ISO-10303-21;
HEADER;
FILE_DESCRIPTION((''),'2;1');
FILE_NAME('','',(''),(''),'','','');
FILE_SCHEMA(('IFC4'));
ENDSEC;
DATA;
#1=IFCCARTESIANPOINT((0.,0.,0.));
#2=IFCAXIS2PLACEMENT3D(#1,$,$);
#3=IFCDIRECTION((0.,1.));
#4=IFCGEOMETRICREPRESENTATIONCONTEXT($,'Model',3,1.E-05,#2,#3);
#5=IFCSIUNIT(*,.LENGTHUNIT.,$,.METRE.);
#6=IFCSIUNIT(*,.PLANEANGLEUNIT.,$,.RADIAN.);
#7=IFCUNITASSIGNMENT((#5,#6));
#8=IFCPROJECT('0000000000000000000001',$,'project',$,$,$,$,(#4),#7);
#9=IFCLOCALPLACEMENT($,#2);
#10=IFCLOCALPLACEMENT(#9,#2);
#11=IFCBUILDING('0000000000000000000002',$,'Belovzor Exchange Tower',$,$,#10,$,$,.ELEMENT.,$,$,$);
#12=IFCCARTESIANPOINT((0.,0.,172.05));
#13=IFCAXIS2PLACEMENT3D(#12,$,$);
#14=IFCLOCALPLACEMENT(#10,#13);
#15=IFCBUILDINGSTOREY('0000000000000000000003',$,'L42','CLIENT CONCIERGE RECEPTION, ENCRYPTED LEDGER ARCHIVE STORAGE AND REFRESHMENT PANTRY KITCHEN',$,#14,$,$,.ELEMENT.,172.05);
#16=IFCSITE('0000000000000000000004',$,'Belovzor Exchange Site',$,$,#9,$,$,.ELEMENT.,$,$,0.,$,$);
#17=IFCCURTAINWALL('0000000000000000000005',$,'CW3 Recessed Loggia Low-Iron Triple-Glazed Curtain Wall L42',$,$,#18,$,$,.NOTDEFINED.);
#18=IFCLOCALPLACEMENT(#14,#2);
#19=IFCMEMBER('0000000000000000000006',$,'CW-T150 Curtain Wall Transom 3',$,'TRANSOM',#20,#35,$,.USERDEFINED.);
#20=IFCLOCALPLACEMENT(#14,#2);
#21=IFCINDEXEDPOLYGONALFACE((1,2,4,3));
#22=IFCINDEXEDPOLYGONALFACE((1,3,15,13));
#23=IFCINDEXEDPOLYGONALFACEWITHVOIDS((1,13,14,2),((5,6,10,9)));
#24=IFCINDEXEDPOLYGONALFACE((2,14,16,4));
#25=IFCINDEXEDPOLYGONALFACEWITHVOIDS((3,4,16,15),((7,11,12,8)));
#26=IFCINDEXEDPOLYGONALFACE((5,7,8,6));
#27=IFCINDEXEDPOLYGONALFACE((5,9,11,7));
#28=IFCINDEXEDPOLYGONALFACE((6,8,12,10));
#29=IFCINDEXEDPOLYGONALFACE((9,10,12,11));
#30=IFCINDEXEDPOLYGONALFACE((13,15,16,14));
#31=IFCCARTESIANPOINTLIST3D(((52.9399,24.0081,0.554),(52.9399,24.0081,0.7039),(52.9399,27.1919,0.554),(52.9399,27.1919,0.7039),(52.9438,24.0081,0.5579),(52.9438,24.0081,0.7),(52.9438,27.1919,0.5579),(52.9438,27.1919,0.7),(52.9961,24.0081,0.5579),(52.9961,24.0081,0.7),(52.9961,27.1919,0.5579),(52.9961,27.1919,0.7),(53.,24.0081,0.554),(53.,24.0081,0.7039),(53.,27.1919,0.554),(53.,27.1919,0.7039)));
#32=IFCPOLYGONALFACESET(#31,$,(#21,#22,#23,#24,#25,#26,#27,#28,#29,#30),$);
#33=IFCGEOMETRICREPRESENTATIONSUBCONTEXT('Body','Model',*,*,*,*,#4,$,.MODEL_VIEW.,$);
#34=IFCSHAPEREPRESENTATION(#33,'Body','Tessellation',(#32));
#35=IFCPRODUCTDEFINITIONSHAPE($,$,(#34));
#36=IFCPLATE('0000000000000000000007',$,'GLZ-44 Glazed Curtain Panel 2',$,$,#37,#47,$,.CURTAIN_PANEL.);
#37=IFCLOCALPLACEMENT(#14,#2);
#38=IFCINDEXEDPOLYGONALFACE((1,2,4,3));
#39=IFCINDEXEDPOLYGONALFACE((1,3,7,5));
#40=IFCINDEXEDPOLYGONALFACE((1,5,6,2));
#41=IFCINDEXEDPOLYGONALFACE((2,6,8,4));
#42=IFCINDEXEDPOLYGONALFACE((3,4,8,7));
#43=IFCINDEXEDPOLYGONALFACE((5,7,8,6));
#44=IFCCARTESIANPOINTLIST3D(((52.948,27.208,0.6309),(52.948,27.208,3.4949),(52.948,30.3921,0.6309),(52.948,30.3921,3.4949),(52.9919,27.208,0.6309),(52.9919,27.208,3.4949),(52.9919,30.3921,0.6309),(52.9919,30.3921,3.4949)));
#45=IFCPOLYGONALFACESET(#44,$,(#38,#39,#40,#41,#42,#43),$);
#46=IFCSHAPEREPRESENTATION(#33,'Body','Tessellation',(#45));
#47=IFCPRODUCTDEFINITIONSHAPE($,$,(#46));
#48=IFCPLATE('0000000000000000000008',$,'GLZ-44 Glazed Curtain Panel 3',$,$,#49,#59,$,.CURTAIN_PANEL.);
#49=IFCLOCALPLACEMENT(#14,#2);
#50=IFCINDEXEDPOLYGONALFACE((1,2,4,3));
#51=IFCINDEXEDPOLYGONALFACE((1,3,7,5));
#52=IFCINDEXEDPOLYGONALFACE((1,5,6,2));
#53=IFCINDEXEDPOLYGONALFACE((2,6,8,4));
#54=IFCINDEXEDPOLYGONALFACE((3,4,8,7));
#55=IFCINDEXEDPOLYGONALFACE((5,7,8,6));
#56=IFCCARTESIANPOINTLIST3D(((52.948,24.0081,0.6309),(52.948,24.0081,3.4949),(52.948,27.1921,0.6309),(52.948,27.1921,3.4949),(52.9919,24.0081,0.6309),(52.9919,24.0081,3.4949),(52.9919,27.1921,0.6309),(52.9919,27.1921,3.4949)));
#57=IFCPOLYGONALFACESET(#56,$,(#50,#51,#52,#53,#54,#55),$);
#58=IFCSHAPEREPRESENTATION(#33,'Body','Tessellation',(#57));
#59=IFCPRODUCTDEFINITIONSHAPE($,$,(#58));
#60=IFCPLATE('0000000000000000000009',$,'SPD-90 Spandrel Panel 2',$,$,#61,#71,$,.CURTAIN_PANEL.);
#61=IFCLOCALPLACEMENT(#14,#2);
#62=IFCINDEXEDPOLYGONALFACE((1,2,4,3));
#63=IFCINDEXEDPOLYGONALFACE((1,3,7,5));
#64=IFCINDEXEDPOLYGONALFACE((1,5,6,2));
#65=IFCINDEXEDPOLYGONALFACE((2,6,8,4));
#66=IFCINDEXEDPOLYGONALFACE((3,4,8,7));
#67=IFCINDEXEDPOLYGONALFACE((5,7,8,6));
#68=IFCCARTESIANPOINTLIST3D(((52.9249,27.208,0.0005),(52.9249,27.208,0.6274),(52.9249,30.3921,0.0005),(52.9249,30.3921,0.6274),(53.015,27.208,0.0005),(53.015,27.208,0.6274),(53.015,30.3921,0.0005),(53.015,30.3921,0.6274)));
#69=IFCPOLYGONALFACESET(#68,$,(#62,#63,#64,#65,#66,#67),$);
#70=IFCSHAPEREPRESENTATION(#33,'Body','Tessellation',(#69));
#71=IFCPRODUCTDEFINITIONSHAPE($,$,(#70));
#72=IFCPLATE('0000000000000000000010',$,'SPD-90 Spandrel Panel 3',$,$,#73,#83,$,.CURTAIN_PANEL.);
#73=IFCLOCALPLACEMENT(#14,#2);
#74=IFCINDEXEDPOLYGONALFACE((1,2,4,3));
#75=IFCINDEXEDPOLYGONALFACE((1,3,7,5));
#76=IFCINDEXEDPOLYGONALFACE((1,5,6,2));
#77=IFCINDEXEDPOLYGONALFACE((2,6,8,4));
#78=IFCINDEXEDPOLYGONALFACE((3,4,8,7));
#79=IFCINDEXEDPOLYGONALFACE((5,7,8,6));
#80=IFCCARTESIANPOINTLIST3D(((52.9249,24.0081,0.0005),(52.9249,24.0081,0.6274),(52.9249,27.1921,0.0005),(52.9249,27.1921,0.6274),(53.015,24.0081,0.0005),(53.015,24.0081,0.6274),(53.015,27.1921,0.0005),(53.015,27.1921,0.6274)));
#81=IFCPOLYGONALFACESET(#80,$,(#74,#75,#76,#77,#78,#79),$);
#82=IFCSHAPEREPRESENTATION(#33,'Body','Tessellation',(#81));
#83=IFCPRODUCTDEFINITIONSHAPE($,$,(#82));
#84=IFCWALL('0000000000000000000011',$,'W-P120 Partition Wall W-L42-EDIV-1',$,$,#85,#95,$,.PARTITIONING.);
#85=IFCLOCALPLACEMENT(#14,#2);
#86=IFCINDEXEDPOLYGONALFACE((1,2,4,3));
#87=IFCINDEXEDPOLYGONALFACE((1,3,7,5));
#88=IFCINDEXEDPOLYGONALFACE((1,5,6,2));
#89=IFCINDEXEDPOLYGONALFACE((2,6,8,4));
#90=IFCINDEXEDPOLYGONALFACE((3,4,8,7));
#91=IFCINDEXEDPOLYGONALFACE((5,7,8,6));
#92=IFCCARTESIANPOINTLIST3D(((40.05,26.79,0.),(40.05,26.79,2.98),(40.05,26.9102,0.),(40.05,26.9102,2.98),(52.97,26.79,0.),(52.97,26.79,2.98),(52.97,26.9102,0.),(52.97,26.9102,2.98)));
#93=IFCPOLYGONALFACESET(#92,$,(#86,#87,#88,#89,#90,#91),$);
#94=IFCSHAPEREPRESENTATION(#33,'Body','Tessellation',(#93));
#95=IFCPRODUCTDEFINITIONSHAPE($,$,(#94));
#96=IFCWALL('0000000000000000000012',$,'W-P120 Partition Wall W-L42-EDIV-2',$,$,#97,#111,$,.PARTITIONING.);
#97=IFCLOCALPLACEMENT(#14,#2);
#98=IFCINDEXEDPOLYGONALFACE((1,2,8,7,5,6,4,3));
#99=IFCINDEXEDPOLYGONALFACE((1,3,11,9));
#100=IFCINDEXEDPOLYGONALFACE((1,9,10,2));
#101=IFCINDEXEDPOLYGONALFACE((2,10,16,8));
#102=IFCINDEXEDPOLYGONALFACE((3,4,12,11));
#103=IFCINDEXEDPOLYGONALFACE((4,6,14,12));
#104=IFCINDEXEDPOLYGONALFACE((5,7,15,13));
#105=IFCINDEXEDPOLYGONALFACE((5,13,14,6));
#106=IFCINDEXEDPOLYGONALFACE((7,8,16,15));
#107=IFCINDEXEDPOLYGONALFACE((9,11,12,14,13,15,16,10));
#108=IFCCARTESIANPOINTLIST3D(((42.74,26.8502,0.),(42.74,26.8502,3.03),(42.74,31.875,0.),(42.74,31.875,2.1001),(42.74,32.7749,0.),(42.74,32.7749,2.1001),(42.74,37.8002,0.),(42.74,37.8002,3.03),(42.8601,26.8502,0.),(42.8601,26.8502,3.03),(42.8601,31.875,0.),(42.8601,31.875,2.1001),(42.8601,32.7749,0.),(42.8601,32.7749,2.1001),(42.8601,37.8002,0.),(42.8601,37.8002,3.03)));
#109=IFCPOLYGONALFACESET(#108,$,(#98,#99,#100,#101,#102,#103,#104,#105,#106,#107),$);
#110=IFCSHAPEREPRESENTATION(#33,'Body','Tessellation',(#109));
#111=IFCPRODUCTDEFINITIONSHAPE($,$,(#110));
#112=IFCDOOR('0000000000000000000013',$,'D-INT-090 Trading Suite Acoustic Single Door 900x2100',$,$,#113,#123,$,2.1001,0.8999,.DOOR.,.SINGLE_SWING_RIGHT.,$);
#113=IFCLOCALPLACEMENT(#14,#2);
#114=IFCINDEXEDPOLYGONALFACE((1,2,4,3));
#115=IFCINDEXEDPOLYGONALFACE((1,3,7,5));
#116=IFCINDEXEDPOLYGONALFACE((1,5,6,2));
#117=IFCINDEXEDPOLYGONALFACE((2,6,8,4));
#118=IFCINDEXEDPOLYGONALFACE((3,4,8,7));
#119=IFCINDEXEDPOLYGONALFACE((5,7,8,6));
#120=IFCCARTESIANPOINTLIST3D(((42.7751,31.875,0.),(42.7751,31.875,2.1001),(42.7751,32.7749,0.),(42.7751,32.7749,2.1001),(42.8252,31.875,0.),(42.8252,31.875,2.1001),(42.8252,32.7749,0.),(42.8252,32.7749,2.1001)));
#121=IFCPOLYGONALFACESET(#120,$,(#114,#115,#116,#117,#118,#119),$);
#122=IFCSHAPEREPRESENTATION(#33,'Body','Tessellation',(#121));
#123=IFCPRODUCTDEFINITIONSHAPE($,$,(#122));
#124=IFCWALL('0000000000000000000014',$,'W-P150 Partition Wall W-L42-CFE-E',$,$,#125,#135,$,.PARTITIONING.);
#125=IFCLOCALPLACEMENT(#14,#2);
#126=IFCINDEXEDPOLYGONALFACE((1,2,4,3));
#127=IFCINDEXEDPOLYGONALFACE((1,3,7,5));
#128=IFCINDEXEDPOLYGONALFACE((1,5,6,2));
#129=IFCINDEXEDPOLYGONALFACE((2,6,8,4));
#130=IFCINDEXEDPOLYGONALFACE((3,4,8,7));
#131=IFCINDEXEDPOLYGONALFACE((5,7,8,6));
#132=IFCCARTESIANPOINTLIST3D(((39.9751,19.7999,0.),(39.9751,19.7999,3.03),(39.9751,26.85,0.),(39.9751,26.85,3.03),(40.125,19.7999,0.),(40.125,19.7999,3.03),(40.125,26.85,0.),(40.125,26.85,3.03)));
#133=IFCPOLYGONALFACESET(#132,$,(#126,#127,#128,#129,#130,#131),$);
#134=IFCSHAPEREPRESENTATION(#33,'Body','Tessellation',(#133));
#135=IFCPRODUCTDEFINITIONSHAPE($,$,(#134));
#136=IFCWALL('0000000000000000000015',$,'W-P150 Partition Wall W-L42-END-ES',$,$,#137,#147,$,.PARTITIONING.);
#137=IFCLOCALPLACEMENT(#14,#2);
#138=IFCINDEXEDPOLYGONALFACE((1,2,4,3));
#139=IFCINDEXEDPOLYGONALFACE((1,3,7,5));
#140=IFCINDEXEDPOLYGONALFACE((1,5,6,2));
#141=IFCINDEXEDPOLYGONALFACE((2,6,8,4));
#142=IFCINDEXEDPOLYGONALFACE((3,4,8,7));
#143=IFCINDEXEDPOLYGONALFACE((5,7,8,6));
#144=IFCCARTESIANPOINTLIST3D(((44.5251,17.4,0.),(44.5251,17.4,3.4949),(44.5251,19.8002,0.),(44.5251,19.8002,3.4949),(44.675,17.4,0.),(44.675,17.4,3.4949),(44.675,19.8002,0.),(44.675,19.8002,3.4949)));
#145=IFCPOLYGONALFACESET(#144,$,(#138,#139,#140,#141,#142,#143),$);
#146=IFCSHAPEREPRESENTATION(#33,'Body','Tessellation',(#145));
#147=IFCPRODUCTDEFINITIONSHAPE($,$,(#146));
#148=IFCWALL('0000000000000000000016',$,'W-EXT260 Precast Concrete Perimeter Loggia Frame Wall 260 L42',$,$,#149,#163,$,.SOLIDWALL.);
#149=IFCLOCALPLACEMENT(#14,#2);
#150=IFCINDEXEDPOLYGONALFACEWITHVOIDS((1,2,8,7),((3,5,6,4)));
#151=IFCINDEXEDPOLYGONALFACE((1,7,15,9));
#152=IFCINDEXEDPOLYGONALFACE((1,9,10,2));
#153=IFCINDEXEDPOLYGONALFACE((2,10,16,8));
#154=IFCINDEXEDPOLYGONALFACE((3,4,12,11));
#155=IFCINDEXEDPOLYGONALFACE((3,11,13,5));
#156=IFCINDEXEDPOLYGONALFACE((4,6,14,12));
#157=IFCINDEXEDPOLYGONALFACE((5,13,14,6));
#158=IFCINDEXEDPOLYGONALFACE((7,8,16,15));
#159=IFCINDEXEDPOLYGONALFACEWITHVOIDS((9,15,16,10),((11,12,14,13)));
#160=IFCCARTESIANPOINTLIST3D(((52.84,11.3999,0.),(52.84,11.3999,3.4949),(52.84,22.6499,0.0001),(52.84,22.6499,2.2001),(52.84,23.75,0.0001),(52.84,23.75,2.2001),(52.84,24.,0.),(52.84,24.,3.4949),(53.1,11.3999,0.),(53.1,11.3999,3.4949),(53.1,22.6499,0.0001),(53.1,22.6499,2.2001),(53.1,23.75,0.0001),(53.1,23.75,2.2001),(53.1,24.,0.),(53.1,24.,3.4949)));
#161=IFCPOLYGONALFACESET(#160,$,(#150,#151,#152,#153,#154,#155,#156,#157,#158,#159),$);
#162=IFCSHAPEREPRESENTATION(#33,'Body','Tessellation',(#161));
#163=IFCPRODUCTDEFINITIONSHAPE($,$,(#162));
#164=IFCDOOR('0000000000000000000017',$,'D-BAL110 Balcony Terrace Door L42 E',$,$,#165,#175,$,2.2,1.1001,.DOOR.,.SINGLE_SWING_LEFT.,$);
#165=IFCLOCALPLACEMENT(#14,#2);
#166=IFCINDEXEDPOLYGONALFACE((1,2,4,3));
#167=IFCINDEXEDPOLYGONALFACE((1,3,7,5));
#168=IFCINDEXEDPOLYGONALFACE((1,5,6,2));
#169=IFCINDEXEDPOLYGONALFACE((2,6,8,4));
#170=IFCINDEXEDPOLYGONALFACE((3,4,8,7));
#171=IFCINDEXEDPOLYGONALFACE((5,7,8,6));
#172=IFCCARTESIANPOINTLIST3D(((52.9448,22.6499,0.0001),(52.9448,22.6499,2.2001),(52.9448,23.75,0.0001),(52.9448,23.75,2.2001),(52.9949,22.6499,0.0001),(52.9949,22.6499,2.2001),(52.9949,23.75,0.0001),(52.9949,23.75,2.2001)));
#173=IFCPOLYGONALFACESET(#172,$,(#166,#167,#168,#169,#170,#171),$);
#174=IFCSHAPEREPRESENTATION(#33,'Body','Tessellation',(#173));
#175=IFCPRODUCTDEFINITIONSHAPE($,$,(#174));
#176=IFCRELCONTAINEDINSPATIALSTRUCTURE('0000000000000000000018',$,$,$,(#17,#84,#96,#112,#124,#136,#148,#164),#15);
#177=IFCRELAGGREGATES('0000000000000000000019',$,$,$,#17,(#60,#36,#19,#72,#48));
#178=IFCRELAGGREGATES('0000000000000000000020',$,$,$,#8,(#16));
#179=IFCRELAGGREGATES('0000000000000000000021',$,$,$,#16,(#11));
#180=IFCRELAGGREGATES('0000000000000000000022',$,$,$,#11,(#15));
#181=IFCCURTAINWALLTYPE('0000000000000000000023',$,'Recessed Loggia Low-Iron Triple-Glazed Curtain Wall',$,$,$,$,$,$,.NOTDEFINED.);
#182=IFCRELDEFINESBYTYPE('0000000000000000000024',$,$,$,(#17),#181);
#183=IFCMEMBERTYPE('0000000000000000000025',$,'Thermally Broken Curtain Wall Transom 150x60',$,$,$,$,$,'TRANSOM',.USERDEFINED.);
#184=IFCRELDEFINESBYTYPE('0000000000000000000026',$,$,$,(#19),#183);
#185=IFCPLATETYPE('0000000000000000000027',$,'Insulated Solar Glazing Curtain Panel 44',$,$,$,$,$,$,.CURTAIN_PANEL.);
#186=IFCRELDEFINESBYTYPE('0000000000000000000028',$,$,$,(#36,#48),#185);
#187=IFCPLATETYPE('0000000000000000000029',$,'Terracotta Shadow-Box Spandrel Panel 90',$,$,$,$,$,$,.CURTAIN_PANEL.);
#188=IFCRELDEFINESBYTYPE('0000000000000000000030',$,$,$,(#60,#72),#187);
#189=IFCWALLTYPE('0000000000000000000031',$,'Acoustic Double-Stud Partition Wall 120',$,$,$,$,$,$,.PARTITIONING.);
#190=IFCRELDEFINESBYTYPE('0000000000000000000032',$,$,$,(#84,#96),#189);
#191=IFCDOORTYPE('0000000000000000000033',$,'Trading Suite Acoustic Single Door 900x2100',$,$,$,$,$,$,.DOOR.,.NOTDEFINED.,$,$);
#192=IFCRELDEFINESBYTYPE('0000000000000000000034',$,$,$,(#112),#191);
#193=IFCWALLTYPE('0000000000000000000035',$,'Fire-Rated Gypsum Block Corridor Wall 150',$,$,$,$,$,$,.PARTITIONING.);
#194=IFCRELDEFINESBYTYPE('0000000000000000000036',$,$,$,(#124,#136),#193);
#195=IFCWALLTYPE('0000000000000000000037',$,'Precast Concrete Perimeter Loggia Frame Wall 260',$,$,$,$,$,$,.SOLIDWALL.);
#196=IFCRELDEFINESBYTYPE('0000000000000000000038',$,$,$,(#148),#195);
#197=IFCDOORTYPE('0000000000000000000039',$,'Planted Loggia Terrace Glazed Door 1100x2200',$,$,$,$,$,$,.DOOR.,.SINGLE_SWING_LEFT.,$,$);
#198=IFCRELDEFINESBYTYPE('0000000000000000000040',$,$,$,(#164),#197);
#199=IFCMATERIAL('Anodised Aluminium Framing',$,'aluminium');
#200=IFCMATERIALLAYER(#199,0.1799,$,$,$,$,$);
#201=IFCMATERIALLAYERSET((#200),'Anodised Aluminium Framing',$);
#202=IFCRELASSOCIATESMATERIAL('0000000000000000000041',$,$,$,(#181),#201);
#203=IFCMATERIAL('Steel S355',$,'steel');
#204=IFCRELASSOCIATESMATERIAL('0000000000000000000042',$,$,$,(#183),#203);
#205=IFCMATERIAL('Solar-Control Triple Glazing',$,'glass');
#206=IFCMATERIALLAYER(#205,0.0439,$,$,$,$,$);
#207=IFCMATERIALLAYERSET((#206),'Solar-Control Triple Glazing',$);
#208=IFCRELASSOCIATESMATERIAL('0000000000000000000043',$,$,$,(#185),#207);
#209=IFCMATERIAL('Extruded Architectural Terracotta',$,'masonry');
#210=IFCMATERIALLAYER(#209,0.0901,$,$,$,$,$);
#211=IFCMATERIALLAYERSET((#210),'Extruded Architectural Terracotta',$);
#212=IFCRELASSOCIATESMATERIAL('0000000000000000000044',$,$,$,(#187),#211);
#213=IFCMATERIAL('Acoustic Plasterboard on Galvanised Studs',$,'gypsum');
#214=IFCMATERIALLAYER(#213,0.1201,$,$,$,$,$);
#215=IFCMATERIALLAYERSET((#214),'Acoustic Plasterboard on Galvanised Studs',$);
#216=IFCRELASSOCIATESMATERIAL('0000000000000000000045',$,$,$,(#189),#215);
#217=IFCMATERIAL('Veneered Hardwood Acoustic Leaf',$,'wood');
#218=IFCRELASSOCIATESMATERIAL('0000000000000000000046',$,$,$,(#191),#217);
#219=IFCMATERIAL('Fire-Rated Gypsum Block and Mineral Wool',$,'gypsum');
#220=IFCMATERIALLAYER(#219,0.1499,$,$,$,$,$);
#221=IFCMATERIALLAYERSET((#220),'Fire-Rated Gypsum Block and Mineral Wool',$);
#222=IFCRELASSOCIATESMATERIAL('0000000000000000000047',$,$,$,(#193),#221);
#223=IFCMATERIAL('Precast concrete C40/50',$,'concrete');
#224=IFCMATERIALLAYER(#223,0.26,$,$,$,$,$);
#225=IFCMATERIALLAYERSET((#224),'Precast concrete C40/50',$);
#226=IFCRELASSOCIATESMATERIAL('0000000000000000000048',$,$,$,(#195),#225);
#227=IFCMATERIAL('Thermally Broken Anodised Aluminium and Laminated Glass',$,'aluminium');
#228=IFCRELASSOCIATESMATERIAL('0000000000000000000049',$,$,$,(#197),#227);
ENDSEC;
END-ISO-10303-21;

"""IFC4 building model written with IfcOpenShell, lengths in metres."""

from ifc_helpers import new_model, si_unit, direction, frame, frame_2d, origin, origin_2d, place, context, subcontext, project, spatial, rectangle, hollow_rectangle, extrude, material, layer, layer_set, material_profile, profile_set, type_object, element, fill, aggregate, save


model = new_model("IFC4")

# Units and contexts
model_context = context("Model", 3, precision=1e-05, world=origin(), true_north=direction((0.0, 1.0)))
body_context = subcontext(model_context, "Body", "Model", "MODEL_VIEW")
ifc_project = project(units=[si_unit("LENGTHUNIT", "METRE"), si_unit("PLANEANGLEUNIT", "RADIAN")], contexts=[model_context])

# Site, building, storey
site_placement = place(None, origin())
site = spatial("IfcSite", under=ifc_project, at=site_placement, Name="Belovzor Exchange Site", CompositionType="ELEMENT", RefElevation=0.0)
building_placement = place(site_placement, origin())
building = spatial("IfcBuilding", under=site, at=building_placement, Name="Belovzor Exchange Tower", CompositionType="ELEMENT")
storey_placement = place(building_placement, frame((0.0, 0.0, 172.05)))
storey = spatial("IfcBuildingStorey", under=building, at=storey_placement, Name="L42", Description="CLIENT CONCIERGE RECEPTION, ENCRYPTED LEDGER ARCHIVE STORAGE AND REFRESHMENT PANTRY KITCHEN", CompositionType="ELEMENT", Elevation=172.05)

# Curtain wall, member, plates
ifc_material_1 = material(Name="Anodised Aluminium Framing", Category="aluminium")
ifc_layer_1 = layer(ifc_material_1, 0.1799)
ifc_layer_set_1 = layer_set([ifc_layer_1], Name="Anodised Aluminium Framing")
curtain_wall_type = type_object("IfcCurtainWallType", Name="Recessed Loggia Low-Iron Triple-Glazed Curtain Wall", PredefinedType="NOTDEFINED", material=ifc_layer_set_1)
curtain_wall_placement = place(storey_placement, origin())
curtain_wall = element("IfcCurtainWall", 1, at=curtain_wall_placement, inside=storey, type_object=curtain_wall_type, Name="CW3 Recessed Loggia Low-Iron Triple-Glazed Curtain Wall L42", PredefinedType="NOTDEFINED")
ifc_material_2 = material(Name="Steel S355", Category="steel")
ifc_material_profile_1 = material_profile(ifc_material_2, hollow_rectangle(XDim=0.0601, YDim=0.1499, WallThickness=0.0039, at=origin_2d()))
ifc_profile_set_1 = profile_set([ifc_material_profile_1], Name="Steel S355")
member_type_1 = type_object("IfcMemberType", Name="Thermally Broken Curtain Wall Transom 150x60", ElementType="TRANSOM", PredefinedType="USERDEFINED", material=ifc_profile_set_1)
member_1_placement = place(storey_placement, frame((52.97, 27.1919, 0.6289), z_axis=(0.0, -1.0, 0.0), x_axis=(1.0, 0.0, 0.0)))
member_1 = element("IfcMember", 2, at=member_1_placement, type_object=member_type_1, Name="CW-T150 Curtain Wall Transom 3", ObjectType="TRANSOM", PredefinedType="USERDEFINED", context=body_context, shape_type="SweptSolid", body=[
    extrude(hollow_rectangle(XDim=0.0601, YDim=0.1499, WallThickness=0.0039, at=origin_2d()), origin(), (0.0, 0.0, 1.0), 3.1838),
])
ifc_material_3 = material(Name="Solar-Control Triple Glazing", Category="glass")
ifc_layer_2 = layer(ifc_material_3, 0.0439)
ifc_layer_set_2 = layer_set([ifc_layer_2], Name="Solar-Control Triple Glazing")
plate_type_1 = type_object("IfcPlateType", Name="Insulated Solar Glazing Curtain Panel 44", PredefinedType="CURTAIN_PANEL", material=ifc_layer_set_2)
plate_1_placement = place(storey_placement, frame((52.97, 28.8, 0.6309), z_axis=(0.0, 0.0, 1.0), x_axis=(0.0, -1.0, 0.0)))
plate_1 = element("IfcPlate", 3, at=plate_1_placement, type_object=plate_type_1, Name="GLZ-44 Glazed Curtain Panel 2", PredefinedType="CURTAIN_PANEL", context=body_context, shape_type="SweptSolid", body=[
    extrude(rectangle(XDim=3.1841, YDim=0.0439, at=origin_2d()), origin(), (0.0, 0.0, 1.0), 2.864),
])
plate_2_placement = place(storey_placement, frame((52.97, 25.6001, 0.6309), z_axis=(0.0, 0.0, 1.0), x_axis=(0.0, -1.0, 0.0)))
plate_2 = element("IfcPlate", 4, at=plate_2_placement, type_object=plate_type_1, Name="GLZ-44 Glazed Curtain Panel 3", PredefinedType="CURTAIN_PANEL", context=body_context, shape_type="SweptSolid", body=[
    extrude(rectangle(XDim=3.1841, YDim=0.0439, at=origin_2d()), origin(), (0.0, 0.0, 1.0), 2.864),
])
ifc_material_4 = material(Name="Extruded Architectural Terracotta", Category="masonry")
ifc_layer_3 = layer(ifc_material_4, 0.0901)
ifc_layer_set_3 = layer_set([ifc_layer_3], Name="Extruded Architectural Terracotta")
plate_type_2 = type_object("IfcPlateType", Name="Terracotta Shadow-Box Spandrel Panel 90", PredefinedType="CURTAIN_PANEL", material=ifc_layer_set_3)
plate_3_placement = place(storey_placement, frame((52.97, 28.8, 0.0005), z_axis=(0.0, 0.0, 1.0), x_axis=(0.0, -1.0, 0.0)))
plate_3 = element("IfcPlate", 5, at=plate_3_placement, type_object=plate_type_2, Name="SPD-90 Spandrel Panel 2", PredefinedType="CURTAIN_PANEL", context=body_context, shape_type="SweptSolid", body=[
    extrude(rectangle(XDim=3.1841, YDim=0.0901, at=origin_2d()), origin(), (0.0, 0.0, 1.0), 0.627),
])
plate_4_placement = place(storey_placement, frame((52.97, 25.6001, 0.0005), z_axis=(0.0, 0.0, 1.0), x_axis=(0.0, -1.0, 0.0)))
plate_4 = element("IfcPlate", 6, at=plate_4_placement, type_object=plate_type_2, Name="SPD-90 Spandrel Panel 3", PredefinedType="CURTAIN_PANEL", context=body_context, shape_type="SweptSolid", body=[
    extrude(rectangle(XDim=3.1841, YDim=0.0901, at=origin_2d()), origin(), (0.0, 0.0, 1.0), 0.627),
])
aggregate(curtain_wall, [plate_3, plate_1, member_1, plate_4, plate_2])

# Wall
ifc_material_5 = material(Name="Acoustic Plasterboard on Galvanised Studs", Category="gypsum")
ifc_layer_4 = layer(ifc_material_5, 0.1201)
ifc_layer_set_4 = layer_set([ifc_layer_4], Name="Acoustic Plasterboard on Galvanised Studs")
wall_type_1 = type_object("IfcWallType", Name="Acoustic Double-Stud Partition Wall 120", PredefinedType="PARTITIONING", material=ifc_layer_set_4)
wall_1_placement = place(storey_placement, frame((40.05, 26.8501, 0.0), z_axis=(0.0, 0.0, 1.0), x_axis=(1.0, 0.0, 0.0)))
element("IfcWall", 7, at=wall_1_placement, inside=storey, type_object=wall_type_1, Name="W-P120 Partition Wall W-L42-EDIV-1", PredefinedType="PARTITIONING", context=body_context, shape_type="SweptSolid", body=[
    extrude(rectangle(XDim=12.9199, YDim=0.1201, at=frame_2d((6.46, 0.0))), origin(), (0.0, 0.0, 1.0), 2.98),
])

# Wall, opening, door
wall_2_placement = place(storey_placement, frame((42.8, 26.8501, 0.0), z_axis=(0.0, 0.0, 1.0), x_axis=(0.0, 1.0, 0.0)))
wall_2 = element("IfcWall", 8, at=wall_2_placement, inside=storey, type_object=wall_type_1, Name="W-P120 Partition Wall W-L42-EDIV-2", PredefinedType="PARTITIONING", context=body_context, shape_type="SweptSolid", body=[
    extrude(rectangle(XDim=10.95, YDim=0.1201, at=frame_2d((5.4751, 0.0))), origin(), (0.0, 0.0, 1.0), 3.03),
])
opening_1_placement = place(wall_2_placement, frame((5.0249, 0.0, 0.0)))
opening_1 = element("IfcOpeningElement", 9, at=opening_1_placement, cuts=wall_2, PredefinedType="OPENING", context=body_context, shape_type="SweptSolid", body=[
    extrude(rectangle(XDim=0.8999, YDim=2.1001, at=frame_2d((0.45, 1.05))), frame((0.0, 0.0701, 0.0), z_axis=(0.0, -1.0, 0.0), x_axis=(1.0, 0.0, 0.0)), (0.0, 0.0, 1.0), 0.1401),
])
ifc_material_6 = material(Name="Veneered Hardwood Acoustic Leaf", Category="wood")
door_type_1 = type_object("IfcDoorType", Name="Trading Suite Acoustic Single Door 900x2100", OperationType="NOTDEFINED", PredefinedType="DOOR", material=ifc_material_6)
door_1_placement = place(opening_1_placement, origin())
door_1 = element("IfcDoor", 10, at=door_1_placement, inside=storey, type_object=door_type_1, Name="D-INT-090 Trading Suite Acoustic Single Door 900x2100", OperationType="SINGLE_SWING_RIGHT", OverallHeight=2.1001, OverallWidth=0.8999, PredefinedType="DOOR", context=body_context, shape_type="SweptSolid", body=[
    extrude(rectangle(XDim=0.8999, YDim=2.1001, at=frame_2d((0.45, 1.05))), frame((0.0, 0.0249, 0.0), z_axis=(0.0, -1.0, 0.0), x_axis=(1.0, 0.0, 0.0)), (0.0, 0.0, 1.0), 0.05),
])
fill(opening_1, door_1)

# Walls
ifc_material_7 = material(Name="Fire-Rated Gypsum Block and Mineral Wool", Category="gypsum")
ifc_layer_5 = layer(ifc_material_7, 0.1499)
ifc_layer_set_5 = layer_set([ifc_layer_5], Name="Fire-Rated Gypsum Block and Mineral Wool")
wall_type_2 = type_object("IfcWallType", Name="Fire-Rated Gypsum Block Corridor Wall 150", PredefinedType="PARTITIONING", material=ifc_layer_set_5)
wall_3_placement = place(storey_placement, frame((40.05, 19.8, 0.0), z_axis=(0.0, 0.0, 1.0), x_axis=(0.0, 1.0, 0.0)))
element("IfcWall", 11, at=wall_3_placement, inside=storey, type_object=wall_type_2, Name="W-P150 Partition Wall W-L42-CFE-E", PredefinedType="PARTITIONING", context=body_context, shape_type="SweptSolid", body=[
    extrude(rectangle(XDim=7.05, YDim=0.1499, at=frame_2d((3.5249, 0.0))), origin(), (0.0, 0.0, 1.0), 3.03),
])
wall_4_placement = place(storey_placement, frame((44.6001, 17.3999, 0.0), z_axis=(0.0, 0.0, 1.0), x_axis=(0.0, 1.0, 0.0)))
element("IfcWall", 12, at=wall_4_placement, inside=storey, type_object=wall_type_2, Name="W-P150 Partition Wall W-L42-END-ES", PredefinedType="PARTITIONING", context=body_context, shape_type="SweptSolid", body=[
    extrude(rectangle(XDim=2.4001, YDim=0.1499, at=frame_2d((1.2002, 0.0))), origin(), (0.0, 0.0, 1.0), 3.4949),
])

# Wall, opening, door
ifc_material_8 = material(Name="Precast concrete C40/50", Category="concrete")
ifc_layer_6 = layer(ifc_material_8, 0.26)
ifc_layer_set_6 = layer_set([ifc_layer_6], Name="Precast concrete C40/50")
wall_type_3 = type_object("IfcWallType", Name="Precast Concrete Perimeter Loggia Frame Wall 260", PredefinedType="SOLIDWALL", material=ifc_layer_set_6)
wall_5_placement = place(storey_placement, frame((52.97, 24.0, 0.0), z_axis=(0.0, 0.0, 1.0), x_axis=(0.0, -1.0, 0.0)))
wall_5 = element("IfcWall", 13, at=wall_5_placement, inside=storey, type_object=wall_type_3, Name="W-EXT260 Precast Concrete Perimeter Loggia Frame Wall 260 L42", PredefinedType="SOLIDWALL", context=body_context, shape_type="SweptSolid", body=[
    extrude(rectangle(XDim=12.6001, YDim=0.26, at=frame_2d((6.3, 0.0))), origin(), (0.0, 0.0, 1.0), 3.4949),
])
opening_2_placement = place(wall_5_placement, frame((0.25, 0.0, 0.0)))
opening_2 = element("IfcOpeningElement", 14, at=opening_2_placement, cuts=wall_5, PredefinedType="OPENING", context=body_context, shape_type="SweptSolid", body=[
    extrude(rectangle(XDim=1.1001, YDim=2.2, at=frame_2d((0.55, 1.1001))), frame((0.0, 0.1399, 0.0), z_axis=(0.0, -1.0, 0.0), x_axis=(1.0, 0.0, 0.0)), (0.0, 0.0, 1.0), 0.28),
])
ifc_material_9 = material(Name="Thermally Broken Anodised Aluminium and Laminated Glass", Category="aluminium")
door_type_2 = type_object("IfcDoorType", Name="Planted Loggia Terrace Glazed Door 1100x2200", OperationType="SINGLE_SWING_LEFT", PredefinedType="DOOR", material=ifc_material_9)
door_2_placement = place(opening_2_placement, origin())
door_2 = element("IfcDoor", 15, at=door_2_placement, inside=storey, type_object=door_type_2, Name="D-BAL110 Balcony Terrace Door L42 E", OperationType="SINGLE_SWING_LEFT", OverallHeight=2.2, OverallWidth=1.1001, PredefinedType="DOOR", context=body_context, shape_type="SweptSolid", body=[
    extrude(rectangle(XDim=1.1001, YDim=2.2, at=frame_2d((0.55, 1.1001))), frame((0.0, 0.0249, 0.0), z_axis=(0.0, -1.0, 0.0), x_axis=(1.0, 0.0, 0.0)), (0.0, 0.0, 1.0), 0.05),
])
fill(opening_2, door_2)

save(model, "model.ifc")
